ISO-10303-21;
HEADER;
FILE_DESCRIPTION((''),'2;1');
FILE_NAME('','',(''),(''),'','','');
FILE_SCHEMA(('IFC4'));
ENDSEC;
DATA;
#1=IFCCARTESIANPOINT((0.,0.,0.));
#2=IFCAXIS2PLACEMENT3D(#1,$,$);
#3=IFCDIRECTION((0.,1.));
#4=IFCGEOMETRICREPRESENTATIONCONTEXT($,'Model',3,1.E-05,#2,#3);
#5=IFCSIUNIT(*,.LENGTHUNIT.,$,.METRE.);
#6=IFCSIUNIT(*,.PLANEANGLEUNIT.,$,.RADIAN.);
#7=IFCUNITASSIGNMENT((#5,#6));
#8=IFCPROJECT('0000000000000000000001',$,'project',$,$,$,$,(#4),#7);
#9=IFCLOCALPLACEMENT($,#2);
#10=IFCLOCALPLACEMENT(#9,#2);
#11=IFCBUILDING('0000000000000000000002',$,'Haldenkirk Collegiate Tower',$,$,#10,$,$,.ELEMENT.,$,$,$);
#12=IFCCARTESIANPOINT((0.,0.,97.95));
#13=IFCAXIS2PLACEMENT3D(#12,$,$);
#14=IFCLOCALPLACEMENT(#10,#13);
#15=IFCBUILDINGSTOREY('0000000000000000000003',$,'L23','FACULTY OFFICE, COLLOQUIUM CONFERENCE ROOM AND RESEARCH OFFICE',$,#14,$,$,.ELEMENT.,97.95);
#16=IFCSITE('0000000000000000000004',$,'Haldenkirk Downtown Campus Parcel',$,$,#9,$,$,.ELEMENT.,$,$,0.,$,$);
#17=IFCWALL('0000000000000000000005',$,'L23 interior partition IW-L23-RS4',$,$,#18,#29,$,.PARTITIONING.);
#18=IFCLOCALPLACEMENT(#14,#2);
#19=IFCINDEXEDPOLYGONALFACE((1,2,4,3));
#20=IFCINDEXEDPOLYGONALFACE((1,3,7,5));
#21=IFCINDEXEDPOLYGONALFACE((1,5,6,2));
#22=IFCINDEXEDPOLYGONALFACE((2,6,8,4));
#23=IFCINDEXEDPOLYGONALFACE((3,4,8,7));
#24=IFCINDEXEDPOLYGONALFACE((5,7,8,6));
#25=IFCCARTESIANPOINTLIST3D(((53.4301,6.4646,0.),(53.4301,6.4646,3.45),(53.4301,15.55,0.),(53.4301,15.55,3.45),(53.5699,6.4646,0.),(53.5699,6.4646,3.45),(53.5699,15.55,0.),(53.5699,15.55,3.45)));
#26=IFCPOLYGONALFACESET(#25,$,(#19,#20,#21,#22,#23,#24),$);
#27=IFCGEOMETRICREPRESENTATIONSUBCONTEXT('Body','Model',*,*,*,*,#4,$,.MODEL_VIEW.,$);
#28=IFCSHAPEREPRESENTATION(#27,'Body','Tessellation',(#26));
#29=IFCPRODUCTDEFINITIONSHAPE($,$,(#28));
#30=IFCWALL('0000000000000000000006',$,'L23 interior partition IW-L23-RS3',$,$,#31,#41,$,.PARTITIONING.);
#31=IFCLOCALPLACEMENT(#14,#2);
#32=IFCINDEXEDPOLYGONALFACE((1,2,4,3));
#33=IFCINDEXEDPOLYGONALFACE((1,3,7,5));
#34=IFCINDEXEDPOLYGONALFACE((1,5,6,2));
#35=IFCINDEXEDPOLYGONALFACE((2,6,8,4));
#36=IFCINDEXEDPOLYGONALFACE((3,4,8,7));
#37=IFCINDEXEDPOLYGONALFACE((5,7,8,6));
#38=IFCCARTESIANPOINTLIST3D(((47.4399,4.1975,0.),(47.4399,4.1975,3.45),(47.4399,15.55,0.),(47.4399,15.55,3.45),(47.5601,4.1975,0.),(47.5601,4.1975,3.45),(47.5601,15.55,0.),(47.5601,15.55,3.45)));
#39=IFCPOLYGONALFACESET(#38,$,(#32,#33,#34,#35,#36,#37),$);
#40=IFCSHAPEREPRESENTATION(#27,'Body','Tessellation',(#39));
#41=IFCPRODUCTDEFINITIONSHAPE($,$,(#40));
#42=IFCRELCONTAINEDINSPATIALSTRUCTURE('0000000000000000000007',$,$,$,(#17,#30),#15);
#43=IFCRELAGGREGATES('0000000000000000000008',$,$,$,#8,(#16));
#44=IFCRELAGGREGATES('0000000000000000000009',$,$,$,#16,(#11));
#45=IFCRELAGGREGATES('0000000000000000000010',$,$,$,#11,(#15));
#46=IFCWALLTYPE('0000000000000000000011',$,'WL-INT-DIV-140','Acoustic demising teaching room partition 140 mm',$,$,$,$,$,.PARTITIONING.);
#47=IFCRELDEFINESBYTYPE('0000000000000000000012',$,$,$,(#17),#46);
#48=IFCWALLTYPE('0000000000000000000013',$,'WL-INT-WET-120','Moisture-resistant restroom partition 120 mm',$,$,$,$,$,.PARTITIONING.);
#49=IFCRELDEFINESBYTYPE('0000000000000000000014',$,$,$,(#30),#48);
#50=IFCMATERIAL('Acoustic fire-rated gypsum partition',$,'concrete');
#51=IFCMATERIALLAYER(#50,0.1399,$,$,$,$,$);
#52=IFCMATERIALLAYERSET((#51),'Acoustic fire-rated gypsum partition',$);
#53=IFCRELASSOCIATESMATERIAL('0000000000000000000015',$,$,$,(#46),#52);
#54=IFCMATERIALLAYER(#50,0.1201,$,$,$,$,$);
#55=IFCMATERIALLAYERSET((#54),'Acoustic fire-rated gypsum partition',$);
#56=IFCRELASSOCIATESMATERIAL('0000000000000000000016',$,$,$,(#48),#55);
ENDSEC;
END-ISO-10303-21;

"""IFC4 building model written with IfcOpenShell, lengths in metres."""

from ifc_helpers import new_model, si_unit, direction, frame, frame_2d, origin, place, context, subcontext, project, spatial, rectangle, extrude, material, layer, layer_set, type_object, element, save


model = new_model("IFC4")

# Units and contexts
model_context = context("Model", 3, precision=1e-05, world=origin(), true_north=direction((0.0, 1.0)))
body_context = subcontext(model_context, "Body", "Model", "MODEL_VIEW")
ifc_project = project(units=[si_unit("LENGTHUNIT", "METRE"), si_unit("PLANEANGLEUNIT", "RADIAN")], contexts=[model_context])

# Site, building, storey
site_placement = place(None, origin())
site = spatial("IfcSite", under=ifc_project, at=site_placement, Name="Haldenkirk Downtown Campus Parcel", CompositionType="ELEMENT", RefElevation=0.0)
building_placement = place(site_placement, origin())
building = spatial("IfcBuilding", under=site, at=building_placement, Name="Haldenkirk Collegiate Tower", CompositionType="ELEMENT")
storey_placement = place(building_placement, frame((0.0, 0.0, 97.95)))
storey = spatial("IfcBuildingStorey", under=building, at=storey_placement, Name="L23", Description="FACULTY OFFICE, COLLOQUIUM CONFERENCE ROOM AND RESEARCH OFFICE", CompositionType="ELEMENT", Elevation=97.95)

# Shared definitions
ifc_material_1 = material(Name="Acoustic fire-rated gypsum partition", Category="concrete")

# Shared definitions
ifc_layer_1 = layer(ifc_material_1, 0.1399)
ifc_layer_set_1 = layer_set([ifc_layer_1], Name="Acoustic fire-rated gypsum partition")
wall_type_1 = type_object("IfcWallType", Name="WL-INT-DIV-140", Description="Acoustic demising teaching room partition 140 mm", PredefinedType="PARTITIONING", material=ifc_layer_set_1)

# Walls
wall_1_placement = place(storey_placement, frame((53.5, 6.4646, 0.0), z_axis=(0.0, 0.0, 1.0), x_axis=(0.0, 1.0, 0.0)))
element("IfcWall", 1, at=wall_1_placement, inside=storey, type_object=wall_type_1, Name="L23 interior partition IW-L23-RS4", PredefinedType="PARTITIONING", context=body_context, shape_type="SweptSolid", body=[
    extrude(rectangle(XDim=9.0854, YDim=0.1399, at=frame_2d((4.5427, 0.0))), origin(), (0.0, 0.0, 1.0), 3.45),
])
ifc_layer_2 = layer(ifc_material_1, 0.1201)
ifc_layer_set_2 = layer_set([ifc_layer_2], Name="Acoustic fire-rated gypsum partition")
wall_type_2 = type_object("IfcWallType", Name="WL-INT-WET-120", Description="Moisture-resistant restroom partition 120 mm", PredefinedType="PARTITIONING", material=ifc_layer_set_2)
wall_2_placement = place(storey_placement, frame((47.5, 4.1975, 0.0), z_axis=(0.0, 0.0, 1.0), x_axis=(0.0, 1.0, 0.0)))
element("IfcWall", 2, at=wall_2_placement, inside=storey, type_object=wall_type_2, Name="L23 interior partition IW-L23-RS3", PredefinedType="PARTITIONING", context=body_context, shape_type="SweptSolid", body=[
    extrude(rectangle(XDim=11.3525, YDim=0.1201, at=frame_2d((5.6763, 0.0))), origin(), (0.0, 0.0, 1.0), 3.45),
])

save(model, "model.ifc")
